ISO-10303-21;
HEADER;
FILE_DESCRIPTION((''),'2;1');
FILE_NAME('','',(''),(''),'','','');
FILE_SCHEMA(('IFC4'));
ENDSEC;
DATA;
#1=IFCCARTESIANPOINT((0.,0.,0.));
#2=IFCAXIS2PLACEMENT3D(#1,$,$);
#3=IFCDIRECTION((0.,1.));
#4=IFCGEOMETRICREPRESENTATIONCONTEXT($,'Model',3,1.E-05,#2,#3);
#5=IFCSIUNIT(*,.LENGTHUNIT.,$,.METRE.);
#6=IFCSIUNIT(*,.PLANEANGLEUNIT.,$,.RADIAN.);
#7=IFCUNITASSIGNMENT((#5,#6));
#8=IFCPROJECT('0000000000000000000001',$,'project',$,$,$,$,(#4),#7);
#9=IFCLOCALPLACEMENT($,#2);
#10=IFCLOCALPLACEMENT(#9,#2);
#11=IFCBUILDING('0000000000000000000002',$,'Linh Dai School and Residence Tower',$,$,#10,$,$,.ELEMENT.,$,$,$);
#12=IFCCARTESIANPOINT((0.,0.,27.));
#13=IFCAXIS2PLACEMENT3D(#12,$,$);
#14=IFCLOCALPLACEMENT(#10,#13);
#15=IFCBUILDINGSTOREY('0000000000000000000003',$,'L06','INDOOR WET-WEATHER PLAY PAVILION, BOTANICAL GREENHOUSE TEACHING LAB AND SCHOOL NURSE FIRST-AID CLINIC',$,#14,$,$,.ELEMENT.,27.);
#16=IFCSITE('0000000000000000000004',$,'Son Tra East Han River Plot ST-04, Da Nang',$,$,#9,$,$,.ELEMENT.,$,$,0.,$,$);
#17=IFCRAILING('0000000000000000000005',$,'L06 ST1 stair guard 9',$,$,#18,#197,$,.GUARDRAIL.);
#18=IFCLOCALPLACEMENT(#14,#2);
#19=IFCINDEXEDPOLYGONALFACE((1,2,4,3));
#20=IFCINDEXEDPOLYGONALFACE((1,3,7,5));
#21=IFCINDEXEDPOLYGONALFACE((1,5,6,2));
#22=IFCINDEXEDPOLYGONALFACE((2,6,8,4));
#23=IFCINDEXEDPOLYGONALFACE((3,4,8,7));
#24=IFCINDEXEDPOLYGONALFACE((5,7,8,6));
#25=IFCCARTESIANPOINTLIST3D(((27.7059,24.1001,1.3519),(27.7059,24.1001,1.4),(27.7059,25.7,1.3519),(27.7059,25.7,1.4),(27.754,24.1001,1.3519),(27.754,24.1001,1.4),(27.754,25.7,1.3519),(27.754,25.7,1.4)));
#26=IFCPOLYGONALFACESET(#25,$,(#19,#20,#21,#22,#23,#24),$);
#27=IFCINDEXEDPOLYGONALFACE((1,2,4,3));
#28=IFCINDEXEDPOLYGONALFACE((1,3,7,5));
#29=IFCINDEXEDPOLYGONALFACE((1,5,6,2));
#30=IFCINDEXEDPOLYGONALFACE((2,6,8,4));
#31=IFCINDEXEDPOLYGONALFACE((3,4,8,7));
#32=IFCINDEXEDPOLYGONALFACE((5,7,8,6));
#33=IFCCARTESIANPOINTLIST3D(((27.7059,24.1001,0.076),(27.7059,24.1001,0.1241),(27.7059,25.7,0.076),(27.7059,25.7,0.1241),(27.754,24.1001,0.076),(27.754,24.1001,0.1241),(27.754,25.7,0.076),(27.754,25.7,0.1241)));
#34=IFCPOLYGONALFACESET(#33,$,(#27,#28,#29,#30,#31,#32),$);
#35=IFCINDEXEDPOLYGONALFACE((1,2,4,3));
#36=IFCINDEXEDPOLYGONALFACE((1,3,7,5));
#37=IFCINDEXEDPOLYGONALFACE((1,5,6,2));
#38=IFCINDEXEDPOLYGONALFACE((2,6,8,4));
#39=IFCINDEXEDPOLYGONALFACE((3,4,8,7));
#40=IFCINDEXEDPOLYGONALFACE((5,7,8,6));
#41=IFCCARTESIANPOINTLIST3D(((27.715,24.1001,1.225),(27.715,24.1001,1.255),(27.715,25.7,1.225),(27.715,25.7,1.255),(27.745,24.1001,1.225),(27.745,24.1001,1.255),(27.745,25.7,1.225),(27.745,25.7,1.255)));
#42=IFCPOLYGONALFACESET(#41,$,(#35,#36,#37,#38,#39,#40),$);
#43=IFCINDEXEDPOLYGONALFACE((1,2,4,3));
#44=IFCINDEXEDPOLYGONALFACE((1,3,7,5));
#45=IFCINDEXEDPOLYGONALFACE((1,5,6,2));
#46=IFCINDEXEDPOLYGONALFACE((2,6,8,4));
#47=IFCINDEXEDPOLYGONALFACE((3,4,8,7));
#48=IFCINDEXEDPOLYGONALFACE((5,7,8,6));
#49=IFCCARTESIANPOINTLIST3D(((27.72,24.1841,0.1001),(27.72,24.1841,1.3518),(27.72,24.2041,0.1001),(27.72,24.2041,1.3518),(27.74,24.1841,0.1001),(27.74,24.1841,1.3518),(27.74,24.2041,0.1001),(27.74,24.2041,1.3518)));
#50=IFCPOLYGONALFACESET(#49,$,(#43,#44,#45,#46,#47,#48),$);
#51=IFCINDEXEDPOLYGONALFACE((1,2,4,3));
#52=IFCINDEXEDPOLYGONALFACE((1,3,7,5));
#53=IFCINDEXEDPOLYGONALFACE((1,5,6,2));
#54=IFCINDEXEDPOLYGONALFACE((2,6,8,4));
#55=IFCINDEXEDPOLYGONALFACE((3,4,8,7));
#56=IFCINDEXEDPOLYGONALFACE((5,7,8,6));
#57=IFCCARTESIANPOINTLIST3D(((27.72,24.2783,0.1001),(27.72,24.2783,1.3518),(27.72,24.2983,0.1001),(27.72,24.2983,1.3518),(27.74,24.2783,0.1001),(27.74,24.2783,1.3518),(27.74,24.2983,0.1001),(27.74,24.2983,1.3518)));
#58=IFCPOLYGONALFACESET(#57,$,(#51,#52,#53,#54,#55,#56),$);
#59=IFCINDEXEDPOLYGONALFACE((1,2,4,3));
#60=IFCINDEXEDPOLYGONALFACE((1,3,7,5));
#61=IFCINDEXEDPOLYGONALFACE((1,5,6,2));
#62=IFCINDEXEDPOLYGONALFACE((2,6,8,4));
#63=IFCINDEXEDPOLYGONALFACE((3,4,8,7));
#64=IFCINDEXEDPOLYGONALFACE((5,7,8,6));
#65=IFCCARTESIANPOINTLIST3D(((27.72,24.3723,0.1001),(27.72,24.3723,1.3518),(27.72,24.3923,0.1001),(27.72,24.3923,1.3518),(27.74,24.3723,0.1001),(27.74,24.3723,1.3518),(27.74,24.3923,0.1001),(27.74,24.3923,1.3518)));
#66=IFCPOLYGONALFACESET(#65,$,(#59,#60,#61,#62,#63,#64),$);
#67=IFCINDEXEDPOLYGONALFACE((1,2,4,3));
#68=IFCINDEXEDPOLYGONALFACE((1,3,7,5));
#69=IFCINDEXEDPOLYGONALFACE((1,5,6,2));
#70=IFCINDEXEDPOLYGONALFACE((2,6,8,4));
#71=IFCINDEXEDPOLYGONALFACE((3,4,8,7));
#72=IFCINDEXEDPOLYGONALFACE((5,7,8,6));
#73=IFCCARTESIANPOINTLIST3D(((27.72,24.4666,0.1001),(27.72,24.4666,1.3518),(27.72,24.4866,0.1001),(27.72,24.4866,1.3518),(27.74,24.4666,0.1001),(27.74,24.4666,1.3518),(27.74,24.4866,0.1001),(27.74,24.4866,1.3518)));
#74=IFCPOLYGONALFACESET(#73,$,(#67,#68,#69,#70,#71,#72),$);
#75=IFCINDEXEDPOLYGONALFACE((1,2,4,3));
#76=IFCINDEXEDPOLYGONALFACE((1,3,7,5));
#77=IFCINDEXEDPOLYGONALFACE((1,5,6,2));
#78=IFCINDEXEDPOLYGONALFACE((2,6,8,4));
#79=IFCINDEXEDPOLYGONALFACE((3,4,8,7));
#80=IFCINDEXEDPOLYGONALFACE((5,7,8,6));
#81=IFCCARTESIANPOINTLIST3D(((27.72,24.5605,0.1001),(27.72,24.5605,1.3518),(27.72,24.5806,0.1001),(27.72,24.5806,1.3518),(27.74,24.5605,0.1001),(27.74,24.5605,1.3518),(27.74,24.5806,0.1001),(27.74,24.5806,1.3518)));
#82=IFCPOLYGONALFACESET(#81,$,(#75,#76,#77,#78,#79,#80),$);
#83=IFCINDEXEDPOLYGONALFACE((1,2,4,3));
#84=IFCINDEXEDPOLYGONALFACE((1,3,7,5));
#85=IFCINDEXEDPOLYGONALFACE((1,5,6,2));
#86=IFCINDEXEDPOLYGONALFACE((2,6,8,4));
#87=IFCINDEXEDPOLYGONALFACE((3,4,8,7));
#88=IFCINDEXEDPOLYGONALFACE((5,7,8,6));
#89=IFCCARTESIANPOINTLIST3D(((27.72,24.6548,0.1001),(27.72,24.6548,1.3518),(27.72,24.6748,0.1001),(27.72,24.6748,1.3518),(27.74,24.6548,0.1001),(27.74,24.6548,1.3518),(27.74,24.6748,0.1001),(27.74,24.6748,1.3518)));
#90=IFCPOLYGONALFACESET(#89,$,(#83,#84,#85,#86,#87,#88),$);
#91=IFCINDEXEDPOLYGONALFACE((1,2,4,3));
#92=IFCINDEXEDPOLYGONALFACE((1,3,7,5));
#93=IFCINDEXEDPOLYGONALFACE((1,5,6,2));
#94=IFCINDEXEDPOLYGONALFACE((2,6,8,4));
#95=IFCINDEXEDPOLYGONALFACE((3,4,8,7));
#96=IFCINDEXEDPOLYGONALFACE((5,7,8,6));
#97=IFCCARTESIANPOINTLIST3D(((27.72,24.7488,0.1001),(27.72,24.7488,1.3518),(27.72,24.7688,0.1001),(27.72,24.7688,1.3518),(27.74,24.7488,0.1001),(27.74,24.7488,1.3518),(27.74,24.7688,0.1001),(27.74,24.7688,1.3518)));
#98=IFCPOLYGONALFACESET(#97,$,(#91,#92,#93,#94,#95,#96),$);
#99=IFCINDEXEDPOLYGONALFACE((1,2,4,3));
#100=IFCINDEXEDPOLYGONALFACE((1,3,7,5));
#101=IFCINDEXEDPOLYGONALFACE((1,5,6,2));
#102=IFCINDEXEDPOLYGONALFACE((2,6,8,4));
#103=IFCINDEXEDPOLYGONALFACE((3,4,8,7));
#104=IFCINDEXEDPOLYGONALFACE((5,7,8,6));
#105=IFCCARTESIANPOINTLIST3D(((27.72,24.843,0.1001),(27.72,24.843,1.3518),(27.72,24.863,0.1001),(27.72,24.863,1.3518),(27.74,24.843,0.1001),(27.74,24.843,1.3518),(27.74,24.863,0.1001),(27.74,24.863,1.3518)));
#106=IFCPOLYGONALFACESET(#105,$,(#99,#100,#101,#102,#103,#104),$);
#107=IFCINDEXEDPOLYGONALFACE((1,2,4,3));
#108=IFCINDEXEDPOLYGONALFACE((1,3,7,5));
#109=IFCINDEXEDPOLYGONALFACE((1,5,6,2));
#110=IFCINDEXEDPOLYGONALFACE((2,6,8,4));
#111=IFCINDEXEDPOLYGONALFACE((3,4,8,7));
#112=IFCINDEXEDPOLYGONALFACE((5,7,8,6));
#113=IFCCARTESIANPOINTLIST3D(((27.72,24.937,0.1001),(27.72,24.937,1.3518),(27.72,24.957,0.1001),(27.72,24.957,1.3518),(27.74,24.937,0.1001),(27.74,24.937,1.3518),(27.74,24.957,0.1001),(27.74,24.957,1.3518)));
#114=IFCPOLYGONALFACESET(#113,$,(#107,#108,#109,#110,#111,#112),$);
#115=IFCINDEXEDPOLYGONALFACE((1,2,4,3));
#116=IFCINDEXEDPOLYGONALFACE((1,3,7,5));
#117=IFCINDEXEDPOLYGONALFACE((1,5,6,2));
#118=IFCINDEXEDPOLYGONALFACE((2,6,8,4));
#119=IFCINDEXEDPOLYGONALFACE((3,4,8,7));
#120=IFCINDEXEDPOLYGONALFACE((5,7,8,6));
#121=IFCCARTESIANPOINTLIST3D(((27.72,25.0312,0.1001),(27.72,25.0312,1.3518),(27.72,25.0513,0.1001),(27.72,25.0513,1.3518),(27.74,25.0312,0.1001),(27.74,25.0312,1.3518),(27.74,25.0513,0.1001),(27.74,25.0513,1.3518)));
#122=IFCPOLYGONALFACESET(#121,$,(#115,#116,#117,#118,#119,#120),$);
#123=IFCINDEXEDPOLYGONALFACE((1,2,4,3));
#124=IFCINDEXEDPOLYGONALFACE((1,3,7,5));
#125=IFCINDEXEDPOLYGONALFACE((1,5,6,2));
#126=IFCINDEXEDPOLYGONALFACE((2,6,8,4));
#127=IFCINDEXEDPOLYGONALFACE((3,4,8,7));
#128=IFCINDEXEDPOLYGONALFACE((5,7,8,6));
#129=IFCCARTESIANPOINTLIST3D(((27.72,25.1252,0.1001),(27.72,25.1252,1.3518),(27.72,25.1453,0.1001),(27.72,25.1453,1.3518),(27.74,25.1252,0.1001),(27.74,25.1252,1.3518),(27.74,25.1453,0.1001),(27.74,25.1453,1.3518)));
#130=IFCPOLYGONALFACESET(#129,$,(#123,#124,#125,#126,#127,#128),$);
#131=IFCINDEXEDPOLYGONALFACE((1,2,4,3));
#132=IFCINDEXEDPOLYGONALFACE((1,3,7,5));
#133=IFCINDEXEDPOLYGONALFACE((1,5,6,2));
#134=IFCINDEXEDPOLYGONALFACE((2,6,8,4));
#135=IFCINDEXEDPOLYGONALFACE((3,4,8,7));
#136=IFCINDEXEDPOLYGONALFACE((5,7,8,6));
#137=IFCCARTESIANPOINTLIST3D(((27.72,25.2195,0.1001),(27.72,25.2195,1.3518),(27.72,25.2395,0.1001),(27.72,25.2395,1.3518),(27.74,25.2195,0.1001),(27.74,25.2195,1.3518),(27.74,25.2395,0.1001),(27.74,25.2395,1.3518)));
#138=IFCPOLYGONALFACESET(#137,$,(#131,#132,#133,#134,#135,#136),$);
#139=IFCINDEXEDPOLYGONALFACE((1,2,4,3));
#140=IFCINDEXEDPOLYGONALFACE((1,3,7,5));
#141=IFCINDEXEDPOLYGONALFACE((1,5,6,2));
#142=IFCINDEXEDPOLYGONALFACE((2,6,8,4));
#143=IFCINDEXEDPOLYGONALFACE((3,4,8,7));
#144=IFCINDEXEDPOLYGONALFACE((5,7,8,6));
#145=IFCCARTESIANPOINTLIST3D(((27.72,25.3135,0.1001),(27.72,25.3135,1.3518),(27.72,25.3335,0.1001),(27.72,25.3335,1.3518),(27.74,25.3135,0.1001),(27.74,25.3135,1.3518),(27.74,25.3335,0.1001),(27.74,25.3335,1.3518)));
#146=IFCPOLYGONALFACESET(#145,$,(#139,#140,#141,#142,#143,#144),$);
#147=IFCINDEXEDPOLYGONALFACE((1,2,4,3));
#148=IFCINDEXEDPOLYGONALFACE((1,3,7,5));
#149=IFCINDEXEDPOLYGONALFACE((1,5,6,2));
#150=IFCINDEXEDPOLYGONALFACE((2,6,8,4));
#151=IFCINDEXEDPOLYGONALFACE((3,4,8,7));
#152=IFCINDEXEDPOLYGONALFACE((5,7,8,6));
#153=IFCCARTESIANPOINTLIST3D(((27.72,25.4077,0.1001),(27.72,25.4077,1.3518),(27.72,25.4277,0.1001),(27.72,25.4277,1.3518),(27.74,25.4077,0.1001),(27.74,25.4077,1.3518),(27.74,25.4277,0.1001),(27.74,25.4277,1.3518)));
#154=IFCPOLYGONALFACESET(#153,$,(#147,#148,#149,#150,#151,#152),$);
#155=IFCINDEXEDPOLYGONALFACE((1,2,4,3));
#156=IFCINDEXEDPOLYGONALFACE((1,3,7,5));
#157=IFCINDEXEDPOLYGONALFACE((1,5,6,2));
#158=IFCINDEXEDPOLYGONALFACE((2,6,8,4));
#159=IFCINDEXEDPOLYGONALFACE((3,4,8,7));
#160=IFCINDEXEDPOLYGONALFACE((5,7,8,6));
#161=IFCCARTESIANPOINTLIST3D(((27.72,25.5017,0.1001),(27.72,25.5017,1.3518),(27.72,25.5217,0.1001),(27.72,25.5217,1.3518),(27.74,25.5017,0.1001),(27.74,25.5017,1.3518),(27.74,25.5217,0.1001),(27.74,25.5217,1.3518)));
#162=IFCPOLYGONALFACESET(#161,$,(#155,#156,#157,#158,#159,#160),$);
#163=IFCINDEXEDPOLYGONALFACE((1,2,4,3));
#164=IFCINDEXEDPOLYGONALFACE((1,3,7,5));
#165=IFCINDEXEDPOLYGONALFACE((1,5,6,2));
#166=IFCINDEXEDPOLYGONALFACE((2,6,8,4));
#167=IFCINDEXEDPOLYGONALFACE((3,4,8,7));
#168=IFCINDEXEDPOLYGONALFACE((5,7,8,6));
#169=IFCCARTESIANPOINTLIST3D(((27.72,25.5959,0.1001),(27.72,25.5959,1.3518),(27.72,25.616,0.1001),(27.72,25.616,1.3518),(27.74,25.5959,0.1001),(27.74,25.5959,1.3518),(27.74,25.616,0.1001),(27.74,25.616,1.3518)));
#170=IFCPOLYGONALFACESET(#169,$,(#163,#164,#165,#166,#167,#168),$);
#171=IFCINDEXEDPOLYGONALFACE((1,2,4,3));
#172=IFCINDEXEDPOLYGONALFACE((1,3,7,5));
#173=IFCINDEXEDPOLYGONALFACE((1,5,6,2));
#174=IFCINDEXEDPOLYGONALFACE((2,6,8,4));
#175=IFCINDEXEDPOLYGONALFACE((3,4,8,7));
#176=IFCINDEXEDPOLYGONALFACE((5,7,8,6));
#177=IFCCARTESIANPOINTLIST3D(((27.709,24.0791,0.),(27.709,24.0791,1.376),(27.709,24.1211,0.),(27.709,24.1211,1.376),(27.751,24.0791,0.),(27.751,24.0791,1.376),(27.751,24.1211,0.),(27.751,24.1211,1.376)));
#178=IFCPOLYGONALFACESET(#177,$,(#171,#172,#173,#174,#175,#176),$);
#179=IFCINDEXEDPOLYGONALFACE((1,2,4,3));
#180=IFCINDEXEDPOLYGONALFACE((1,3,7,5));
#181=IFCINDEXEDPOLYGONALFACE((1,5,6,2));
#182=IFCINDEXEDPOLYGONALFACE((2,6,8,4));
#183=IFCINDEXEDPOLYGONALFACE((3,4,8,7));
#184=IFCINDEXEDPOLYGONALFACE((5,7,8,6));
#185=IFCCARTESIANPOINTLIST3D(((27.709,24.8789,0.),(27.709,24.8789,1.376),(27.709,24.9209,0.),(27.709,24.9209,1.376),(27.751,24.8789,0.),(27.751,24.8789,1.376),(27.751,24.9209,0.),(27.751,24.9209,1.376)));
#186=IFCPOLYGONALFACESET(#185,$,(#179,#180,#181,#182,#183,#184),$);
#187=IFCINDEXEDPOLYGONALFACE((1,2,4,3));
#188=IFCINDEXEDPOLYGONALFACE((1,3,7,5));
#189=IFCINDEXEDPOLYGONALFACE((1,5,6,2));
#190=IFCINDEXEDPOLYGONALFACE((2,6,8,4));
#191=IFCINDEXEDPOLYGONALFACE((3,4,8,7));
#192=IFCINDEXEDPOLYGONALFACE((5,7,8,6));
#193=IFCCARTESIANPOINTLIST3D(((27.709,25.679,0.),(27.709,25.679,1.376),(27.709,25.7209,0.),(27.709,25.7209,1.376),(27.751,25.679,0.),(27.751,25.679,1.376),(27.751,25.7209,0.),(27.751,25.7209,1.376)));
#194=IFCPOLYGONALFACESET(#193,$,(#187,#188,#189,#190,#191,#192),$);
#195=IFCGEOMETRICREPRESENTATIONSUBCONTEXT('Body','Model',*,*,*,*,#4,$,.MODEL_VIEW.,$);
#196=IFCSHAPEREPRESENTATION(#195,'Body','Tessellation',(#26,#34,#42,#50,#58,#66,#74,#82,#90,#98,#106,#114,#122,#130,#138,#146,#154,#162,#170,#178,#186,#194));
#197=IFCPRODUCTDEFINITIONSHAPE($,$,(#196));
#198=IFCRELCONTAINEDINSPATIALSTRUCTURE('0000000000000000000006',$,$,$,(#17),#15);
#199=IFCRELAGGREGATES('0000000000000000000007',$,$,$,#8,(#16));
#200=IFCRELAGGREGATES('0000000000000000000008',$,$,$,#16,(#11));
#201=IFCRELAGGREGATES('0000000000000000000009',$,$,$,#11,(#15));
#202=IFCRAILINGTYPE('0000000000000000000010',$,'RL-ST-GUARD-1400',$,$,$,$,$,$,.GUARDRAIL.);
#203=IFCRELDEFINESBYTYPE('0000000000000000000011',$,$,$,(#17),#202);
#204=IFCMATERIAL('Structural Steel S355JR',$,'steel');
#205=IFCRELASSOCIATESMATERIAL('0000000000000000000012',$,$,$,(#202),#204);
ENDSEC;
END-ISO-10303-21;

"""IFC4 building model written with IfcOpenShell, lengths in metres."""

from ifc_helpers import new_model, si_unit, direction, frame, origin, origin_2d, place, context, subcontext, project, spatial, rectangle, extrude, source, transform, mapped, material, type_object, element, save


model = new_model("IFC4")

# Units and contexts
model_context = context("Model", 3, precision=1e-05, world=origin(), true_north=direction((0.0, 1.0)))
body_context = subcontext(model_context, "Body", "Model", "MODEL_VIEW")
ifc_project = project(units=[si_unit("LENGTHUNIT", "METRE"), si_unit("PLANEANGLEUNIT", "RADIAN")], contexts=[model_context])

# Site, building, storey
site_placement = place(None, origin())
site = spatial("IfcSite", under=ifc_project, at=site_placement, Name="Son Tra East Han River Plot ST-04, Da Nang", CompositionType="ELEMENT", RefElevation=0.0)
building_placement = place(site_placement, origin())
building = spatial("IfcBuilding", under=site, at=building_placement, Name="Linh Dai School and Residence Tower", CompositionType="ELEMENT")
storey_placement = place(building_placement, frame((0.0, 0.0, 27.0)))
storey = spatial("IfcBuildingStorey", under=building, at=storey_placement, Name="L06", Description="INDOOR WET-WEATHER PLAY PAVILION, BOTANICAL GREENHOUSE TEACHING LAB AND SCHOOL NURSE FIRST-AID CLINIC", CompositionType="ELEMENT", Elevation=27.0)

# Shared definitions
ifc_material_1 = material(Name="Structural Steel S355JR", Category="steel")

# Railing
railing_type_1 = type_object("IfcRailingType", Name="RL-ST-GUARD-1400", PredefinedType="GUARDRAIL", material=ifc_material_1)
shared_shape_1 = source(origin(), body_context, "Body", "SweptSolid", [
    extrude(rectangle(XDim=0.0481, YDim=0.0481, at=origin_2d()), frame((0.0, 0.0, 1.376), z_axis=(0.0, 1.0, 0.0), x_axis=(-1.0, 0.0, 0.0)), (0.0, 0.0, 1.0), 1.5999),
    extrude(rectangle(XDim=0.0481, YDim=0.0481, at=origin_2d()), frame((0.0, 0.0, 0.1001), z_axis=(0.0, 1.0, 0.0), x_axis=(-1.0, 0.0, 0.0)), (0.0, 0.0, 1.0), 1.5999),
    extrude(rectangle(XDim=0.03, YDim=0.03, at=origin_2d()), frame((0.0, 0.0, 1.24), z_axis=(0.0, 1.0, 0.0), x_axis=(-1.0, 0.0, 0.0)), (0.0, 0.0, 1.0), 1.5999),
    extrude(rectangle(XDim=0.02, YDim=0.02, at=origin_2d()), frame((0.0, 0.094, 0.1001)), (0.0, 0.0, 1.0), 1.2517),
    extrude(rectangle(XDim=0.02, YDim=0.02, at=origin_2d()), frame((0.0, 0.1882, 0.1001)), (0.0, 0.0, 1.0), 1.2517),
    extrude(rectangle(XDim=0.02, YDim=0.02, at=origin_2d()), frame((0.0, 0.2822, 0.1001)), (0.0, 0.0, 1.0), 1.2517),
    extrude(rectangle(XDim=0.02, YDim=0.02, at=origin_2d()), frame((0.0, 0.3765, 0.1001)), (0.0, 0.0, 1.0), 1.2517),
    extrude(rectangle(XDim=0.02, YDim=0.02, at=origin_2d()), frame((0.0, 0.4705, 0.1001)), (0.0, 0.0, 1.0), 1.2517),
    extrude(rectangle(XDim=0.02, YDim=0.02, at=origin_2d()), frame((0.0, 0.5647, 0.1001)), (0.0, 0.0, 1.0), 1.2517),
    extrude(rectangle(XDim=0.02, YDim=0.02, at=origin_2d()), frame((0.0, 0.6587, 0.1001)), (0.0, 0.0, 1.0), 1.2517),
    extrude(rectangle(XDim=0.02, YDim=0.02, at=origin_2d()), frame((0.0, 0.7529, 0.1001)), (0.0, 0.0, 1.0), 1.2517),
    extrude(rectangle(XDim=0.02, YDim=0.02, at=origin_2d()), frame((0.0, 0.8469, 0.1001)), (0.0, 0.0, 1.0), 1.2517),
    extrude(rectangle(XDim=0.02, YDim=0.02, at=origin_2d()), frame((0.0, 0.9412, 0.1001)), (0.0, 0.0, 1.0), 1.2517),
    extrude(rectangle(XDim=0.02, YDim=0.02, at=origin_2d()), frame((0.0, 1.0352, 0.1001)), (0.0, 0.0, 1.0), 1.2517),
    extrude(rectangle(XDim=0.02, YDim=0.02, at=origin_2d()), frame((0.0, 1.1294, 0.1001)), (0.0, 0.0, 1.0), 1.2517),
    extrude(rectangle(XDim=0.02, YDim=0.02, at=origin_2d()), frame((0.0, 1.2234, 0.1001)), (0.0, 0.0, 1.0), 1.2517),
    extrude(rectangle(XDim=0.02, YDim=0.02, at=origin_2d()), frame((0.0, 1.3176, 0.1001)), (0.0, 0.0, 1.0), 1.2517),
    extrude(rectangle(XDim=0.02, YDim=0.02, at=origin_2d()), frame((0.0, 1.4116, 0.1001)), (0.0, 0.0, 1.0), 1.2517),
    extrude(rectangle(XDim=0.02, YDim=0.02, at=origin_2d()), frame((0.0, 1.5059, 0.1001)), (0.0, 0.0, 1.0), 1.2517),
    extrude(rectangle(XDim=0.042, YDim=0.042, at=origin_2d()), origin(), (0.0, 0.0, 1.0), 1.376),
    extrude(rectangle(XDim=0.042, YDim=0.042, at=origin_2d()), frame((0.0, 0.7998, 0.0)), (0.0, 0.0, 1.0), 1.376),
    extrude(rectangle(XDim=0.042, YDim=0.042, at=origin_2d()), frame((0.0, 1.5999, 0.0)), (0.0, 0.0, 1.0), 1.376),
])
for number, where, name in (
    (1, (27.73, 24.1001, 0.0), "L06 ST1 stair guard 9"),
):
    element("IfcRailing", number, at=place(storey_placement, frame(where)), inside=storey, type_object=railing_type_1, Name=name, PredefinedType="GUARDRAIL", context=body_context, shape_type="MappedRepresentation", body=[
        mapped(shared_shape_1, transform((0.0, 0.0, 0.0), x_axis=(1.0, 0.0, 0.0), y_axis=(0.0, 1.0, 0.0), z_axis=(0.0, 0.0, 1.0), scale=1.0)),
    ])

save(model, "model.ifc")
